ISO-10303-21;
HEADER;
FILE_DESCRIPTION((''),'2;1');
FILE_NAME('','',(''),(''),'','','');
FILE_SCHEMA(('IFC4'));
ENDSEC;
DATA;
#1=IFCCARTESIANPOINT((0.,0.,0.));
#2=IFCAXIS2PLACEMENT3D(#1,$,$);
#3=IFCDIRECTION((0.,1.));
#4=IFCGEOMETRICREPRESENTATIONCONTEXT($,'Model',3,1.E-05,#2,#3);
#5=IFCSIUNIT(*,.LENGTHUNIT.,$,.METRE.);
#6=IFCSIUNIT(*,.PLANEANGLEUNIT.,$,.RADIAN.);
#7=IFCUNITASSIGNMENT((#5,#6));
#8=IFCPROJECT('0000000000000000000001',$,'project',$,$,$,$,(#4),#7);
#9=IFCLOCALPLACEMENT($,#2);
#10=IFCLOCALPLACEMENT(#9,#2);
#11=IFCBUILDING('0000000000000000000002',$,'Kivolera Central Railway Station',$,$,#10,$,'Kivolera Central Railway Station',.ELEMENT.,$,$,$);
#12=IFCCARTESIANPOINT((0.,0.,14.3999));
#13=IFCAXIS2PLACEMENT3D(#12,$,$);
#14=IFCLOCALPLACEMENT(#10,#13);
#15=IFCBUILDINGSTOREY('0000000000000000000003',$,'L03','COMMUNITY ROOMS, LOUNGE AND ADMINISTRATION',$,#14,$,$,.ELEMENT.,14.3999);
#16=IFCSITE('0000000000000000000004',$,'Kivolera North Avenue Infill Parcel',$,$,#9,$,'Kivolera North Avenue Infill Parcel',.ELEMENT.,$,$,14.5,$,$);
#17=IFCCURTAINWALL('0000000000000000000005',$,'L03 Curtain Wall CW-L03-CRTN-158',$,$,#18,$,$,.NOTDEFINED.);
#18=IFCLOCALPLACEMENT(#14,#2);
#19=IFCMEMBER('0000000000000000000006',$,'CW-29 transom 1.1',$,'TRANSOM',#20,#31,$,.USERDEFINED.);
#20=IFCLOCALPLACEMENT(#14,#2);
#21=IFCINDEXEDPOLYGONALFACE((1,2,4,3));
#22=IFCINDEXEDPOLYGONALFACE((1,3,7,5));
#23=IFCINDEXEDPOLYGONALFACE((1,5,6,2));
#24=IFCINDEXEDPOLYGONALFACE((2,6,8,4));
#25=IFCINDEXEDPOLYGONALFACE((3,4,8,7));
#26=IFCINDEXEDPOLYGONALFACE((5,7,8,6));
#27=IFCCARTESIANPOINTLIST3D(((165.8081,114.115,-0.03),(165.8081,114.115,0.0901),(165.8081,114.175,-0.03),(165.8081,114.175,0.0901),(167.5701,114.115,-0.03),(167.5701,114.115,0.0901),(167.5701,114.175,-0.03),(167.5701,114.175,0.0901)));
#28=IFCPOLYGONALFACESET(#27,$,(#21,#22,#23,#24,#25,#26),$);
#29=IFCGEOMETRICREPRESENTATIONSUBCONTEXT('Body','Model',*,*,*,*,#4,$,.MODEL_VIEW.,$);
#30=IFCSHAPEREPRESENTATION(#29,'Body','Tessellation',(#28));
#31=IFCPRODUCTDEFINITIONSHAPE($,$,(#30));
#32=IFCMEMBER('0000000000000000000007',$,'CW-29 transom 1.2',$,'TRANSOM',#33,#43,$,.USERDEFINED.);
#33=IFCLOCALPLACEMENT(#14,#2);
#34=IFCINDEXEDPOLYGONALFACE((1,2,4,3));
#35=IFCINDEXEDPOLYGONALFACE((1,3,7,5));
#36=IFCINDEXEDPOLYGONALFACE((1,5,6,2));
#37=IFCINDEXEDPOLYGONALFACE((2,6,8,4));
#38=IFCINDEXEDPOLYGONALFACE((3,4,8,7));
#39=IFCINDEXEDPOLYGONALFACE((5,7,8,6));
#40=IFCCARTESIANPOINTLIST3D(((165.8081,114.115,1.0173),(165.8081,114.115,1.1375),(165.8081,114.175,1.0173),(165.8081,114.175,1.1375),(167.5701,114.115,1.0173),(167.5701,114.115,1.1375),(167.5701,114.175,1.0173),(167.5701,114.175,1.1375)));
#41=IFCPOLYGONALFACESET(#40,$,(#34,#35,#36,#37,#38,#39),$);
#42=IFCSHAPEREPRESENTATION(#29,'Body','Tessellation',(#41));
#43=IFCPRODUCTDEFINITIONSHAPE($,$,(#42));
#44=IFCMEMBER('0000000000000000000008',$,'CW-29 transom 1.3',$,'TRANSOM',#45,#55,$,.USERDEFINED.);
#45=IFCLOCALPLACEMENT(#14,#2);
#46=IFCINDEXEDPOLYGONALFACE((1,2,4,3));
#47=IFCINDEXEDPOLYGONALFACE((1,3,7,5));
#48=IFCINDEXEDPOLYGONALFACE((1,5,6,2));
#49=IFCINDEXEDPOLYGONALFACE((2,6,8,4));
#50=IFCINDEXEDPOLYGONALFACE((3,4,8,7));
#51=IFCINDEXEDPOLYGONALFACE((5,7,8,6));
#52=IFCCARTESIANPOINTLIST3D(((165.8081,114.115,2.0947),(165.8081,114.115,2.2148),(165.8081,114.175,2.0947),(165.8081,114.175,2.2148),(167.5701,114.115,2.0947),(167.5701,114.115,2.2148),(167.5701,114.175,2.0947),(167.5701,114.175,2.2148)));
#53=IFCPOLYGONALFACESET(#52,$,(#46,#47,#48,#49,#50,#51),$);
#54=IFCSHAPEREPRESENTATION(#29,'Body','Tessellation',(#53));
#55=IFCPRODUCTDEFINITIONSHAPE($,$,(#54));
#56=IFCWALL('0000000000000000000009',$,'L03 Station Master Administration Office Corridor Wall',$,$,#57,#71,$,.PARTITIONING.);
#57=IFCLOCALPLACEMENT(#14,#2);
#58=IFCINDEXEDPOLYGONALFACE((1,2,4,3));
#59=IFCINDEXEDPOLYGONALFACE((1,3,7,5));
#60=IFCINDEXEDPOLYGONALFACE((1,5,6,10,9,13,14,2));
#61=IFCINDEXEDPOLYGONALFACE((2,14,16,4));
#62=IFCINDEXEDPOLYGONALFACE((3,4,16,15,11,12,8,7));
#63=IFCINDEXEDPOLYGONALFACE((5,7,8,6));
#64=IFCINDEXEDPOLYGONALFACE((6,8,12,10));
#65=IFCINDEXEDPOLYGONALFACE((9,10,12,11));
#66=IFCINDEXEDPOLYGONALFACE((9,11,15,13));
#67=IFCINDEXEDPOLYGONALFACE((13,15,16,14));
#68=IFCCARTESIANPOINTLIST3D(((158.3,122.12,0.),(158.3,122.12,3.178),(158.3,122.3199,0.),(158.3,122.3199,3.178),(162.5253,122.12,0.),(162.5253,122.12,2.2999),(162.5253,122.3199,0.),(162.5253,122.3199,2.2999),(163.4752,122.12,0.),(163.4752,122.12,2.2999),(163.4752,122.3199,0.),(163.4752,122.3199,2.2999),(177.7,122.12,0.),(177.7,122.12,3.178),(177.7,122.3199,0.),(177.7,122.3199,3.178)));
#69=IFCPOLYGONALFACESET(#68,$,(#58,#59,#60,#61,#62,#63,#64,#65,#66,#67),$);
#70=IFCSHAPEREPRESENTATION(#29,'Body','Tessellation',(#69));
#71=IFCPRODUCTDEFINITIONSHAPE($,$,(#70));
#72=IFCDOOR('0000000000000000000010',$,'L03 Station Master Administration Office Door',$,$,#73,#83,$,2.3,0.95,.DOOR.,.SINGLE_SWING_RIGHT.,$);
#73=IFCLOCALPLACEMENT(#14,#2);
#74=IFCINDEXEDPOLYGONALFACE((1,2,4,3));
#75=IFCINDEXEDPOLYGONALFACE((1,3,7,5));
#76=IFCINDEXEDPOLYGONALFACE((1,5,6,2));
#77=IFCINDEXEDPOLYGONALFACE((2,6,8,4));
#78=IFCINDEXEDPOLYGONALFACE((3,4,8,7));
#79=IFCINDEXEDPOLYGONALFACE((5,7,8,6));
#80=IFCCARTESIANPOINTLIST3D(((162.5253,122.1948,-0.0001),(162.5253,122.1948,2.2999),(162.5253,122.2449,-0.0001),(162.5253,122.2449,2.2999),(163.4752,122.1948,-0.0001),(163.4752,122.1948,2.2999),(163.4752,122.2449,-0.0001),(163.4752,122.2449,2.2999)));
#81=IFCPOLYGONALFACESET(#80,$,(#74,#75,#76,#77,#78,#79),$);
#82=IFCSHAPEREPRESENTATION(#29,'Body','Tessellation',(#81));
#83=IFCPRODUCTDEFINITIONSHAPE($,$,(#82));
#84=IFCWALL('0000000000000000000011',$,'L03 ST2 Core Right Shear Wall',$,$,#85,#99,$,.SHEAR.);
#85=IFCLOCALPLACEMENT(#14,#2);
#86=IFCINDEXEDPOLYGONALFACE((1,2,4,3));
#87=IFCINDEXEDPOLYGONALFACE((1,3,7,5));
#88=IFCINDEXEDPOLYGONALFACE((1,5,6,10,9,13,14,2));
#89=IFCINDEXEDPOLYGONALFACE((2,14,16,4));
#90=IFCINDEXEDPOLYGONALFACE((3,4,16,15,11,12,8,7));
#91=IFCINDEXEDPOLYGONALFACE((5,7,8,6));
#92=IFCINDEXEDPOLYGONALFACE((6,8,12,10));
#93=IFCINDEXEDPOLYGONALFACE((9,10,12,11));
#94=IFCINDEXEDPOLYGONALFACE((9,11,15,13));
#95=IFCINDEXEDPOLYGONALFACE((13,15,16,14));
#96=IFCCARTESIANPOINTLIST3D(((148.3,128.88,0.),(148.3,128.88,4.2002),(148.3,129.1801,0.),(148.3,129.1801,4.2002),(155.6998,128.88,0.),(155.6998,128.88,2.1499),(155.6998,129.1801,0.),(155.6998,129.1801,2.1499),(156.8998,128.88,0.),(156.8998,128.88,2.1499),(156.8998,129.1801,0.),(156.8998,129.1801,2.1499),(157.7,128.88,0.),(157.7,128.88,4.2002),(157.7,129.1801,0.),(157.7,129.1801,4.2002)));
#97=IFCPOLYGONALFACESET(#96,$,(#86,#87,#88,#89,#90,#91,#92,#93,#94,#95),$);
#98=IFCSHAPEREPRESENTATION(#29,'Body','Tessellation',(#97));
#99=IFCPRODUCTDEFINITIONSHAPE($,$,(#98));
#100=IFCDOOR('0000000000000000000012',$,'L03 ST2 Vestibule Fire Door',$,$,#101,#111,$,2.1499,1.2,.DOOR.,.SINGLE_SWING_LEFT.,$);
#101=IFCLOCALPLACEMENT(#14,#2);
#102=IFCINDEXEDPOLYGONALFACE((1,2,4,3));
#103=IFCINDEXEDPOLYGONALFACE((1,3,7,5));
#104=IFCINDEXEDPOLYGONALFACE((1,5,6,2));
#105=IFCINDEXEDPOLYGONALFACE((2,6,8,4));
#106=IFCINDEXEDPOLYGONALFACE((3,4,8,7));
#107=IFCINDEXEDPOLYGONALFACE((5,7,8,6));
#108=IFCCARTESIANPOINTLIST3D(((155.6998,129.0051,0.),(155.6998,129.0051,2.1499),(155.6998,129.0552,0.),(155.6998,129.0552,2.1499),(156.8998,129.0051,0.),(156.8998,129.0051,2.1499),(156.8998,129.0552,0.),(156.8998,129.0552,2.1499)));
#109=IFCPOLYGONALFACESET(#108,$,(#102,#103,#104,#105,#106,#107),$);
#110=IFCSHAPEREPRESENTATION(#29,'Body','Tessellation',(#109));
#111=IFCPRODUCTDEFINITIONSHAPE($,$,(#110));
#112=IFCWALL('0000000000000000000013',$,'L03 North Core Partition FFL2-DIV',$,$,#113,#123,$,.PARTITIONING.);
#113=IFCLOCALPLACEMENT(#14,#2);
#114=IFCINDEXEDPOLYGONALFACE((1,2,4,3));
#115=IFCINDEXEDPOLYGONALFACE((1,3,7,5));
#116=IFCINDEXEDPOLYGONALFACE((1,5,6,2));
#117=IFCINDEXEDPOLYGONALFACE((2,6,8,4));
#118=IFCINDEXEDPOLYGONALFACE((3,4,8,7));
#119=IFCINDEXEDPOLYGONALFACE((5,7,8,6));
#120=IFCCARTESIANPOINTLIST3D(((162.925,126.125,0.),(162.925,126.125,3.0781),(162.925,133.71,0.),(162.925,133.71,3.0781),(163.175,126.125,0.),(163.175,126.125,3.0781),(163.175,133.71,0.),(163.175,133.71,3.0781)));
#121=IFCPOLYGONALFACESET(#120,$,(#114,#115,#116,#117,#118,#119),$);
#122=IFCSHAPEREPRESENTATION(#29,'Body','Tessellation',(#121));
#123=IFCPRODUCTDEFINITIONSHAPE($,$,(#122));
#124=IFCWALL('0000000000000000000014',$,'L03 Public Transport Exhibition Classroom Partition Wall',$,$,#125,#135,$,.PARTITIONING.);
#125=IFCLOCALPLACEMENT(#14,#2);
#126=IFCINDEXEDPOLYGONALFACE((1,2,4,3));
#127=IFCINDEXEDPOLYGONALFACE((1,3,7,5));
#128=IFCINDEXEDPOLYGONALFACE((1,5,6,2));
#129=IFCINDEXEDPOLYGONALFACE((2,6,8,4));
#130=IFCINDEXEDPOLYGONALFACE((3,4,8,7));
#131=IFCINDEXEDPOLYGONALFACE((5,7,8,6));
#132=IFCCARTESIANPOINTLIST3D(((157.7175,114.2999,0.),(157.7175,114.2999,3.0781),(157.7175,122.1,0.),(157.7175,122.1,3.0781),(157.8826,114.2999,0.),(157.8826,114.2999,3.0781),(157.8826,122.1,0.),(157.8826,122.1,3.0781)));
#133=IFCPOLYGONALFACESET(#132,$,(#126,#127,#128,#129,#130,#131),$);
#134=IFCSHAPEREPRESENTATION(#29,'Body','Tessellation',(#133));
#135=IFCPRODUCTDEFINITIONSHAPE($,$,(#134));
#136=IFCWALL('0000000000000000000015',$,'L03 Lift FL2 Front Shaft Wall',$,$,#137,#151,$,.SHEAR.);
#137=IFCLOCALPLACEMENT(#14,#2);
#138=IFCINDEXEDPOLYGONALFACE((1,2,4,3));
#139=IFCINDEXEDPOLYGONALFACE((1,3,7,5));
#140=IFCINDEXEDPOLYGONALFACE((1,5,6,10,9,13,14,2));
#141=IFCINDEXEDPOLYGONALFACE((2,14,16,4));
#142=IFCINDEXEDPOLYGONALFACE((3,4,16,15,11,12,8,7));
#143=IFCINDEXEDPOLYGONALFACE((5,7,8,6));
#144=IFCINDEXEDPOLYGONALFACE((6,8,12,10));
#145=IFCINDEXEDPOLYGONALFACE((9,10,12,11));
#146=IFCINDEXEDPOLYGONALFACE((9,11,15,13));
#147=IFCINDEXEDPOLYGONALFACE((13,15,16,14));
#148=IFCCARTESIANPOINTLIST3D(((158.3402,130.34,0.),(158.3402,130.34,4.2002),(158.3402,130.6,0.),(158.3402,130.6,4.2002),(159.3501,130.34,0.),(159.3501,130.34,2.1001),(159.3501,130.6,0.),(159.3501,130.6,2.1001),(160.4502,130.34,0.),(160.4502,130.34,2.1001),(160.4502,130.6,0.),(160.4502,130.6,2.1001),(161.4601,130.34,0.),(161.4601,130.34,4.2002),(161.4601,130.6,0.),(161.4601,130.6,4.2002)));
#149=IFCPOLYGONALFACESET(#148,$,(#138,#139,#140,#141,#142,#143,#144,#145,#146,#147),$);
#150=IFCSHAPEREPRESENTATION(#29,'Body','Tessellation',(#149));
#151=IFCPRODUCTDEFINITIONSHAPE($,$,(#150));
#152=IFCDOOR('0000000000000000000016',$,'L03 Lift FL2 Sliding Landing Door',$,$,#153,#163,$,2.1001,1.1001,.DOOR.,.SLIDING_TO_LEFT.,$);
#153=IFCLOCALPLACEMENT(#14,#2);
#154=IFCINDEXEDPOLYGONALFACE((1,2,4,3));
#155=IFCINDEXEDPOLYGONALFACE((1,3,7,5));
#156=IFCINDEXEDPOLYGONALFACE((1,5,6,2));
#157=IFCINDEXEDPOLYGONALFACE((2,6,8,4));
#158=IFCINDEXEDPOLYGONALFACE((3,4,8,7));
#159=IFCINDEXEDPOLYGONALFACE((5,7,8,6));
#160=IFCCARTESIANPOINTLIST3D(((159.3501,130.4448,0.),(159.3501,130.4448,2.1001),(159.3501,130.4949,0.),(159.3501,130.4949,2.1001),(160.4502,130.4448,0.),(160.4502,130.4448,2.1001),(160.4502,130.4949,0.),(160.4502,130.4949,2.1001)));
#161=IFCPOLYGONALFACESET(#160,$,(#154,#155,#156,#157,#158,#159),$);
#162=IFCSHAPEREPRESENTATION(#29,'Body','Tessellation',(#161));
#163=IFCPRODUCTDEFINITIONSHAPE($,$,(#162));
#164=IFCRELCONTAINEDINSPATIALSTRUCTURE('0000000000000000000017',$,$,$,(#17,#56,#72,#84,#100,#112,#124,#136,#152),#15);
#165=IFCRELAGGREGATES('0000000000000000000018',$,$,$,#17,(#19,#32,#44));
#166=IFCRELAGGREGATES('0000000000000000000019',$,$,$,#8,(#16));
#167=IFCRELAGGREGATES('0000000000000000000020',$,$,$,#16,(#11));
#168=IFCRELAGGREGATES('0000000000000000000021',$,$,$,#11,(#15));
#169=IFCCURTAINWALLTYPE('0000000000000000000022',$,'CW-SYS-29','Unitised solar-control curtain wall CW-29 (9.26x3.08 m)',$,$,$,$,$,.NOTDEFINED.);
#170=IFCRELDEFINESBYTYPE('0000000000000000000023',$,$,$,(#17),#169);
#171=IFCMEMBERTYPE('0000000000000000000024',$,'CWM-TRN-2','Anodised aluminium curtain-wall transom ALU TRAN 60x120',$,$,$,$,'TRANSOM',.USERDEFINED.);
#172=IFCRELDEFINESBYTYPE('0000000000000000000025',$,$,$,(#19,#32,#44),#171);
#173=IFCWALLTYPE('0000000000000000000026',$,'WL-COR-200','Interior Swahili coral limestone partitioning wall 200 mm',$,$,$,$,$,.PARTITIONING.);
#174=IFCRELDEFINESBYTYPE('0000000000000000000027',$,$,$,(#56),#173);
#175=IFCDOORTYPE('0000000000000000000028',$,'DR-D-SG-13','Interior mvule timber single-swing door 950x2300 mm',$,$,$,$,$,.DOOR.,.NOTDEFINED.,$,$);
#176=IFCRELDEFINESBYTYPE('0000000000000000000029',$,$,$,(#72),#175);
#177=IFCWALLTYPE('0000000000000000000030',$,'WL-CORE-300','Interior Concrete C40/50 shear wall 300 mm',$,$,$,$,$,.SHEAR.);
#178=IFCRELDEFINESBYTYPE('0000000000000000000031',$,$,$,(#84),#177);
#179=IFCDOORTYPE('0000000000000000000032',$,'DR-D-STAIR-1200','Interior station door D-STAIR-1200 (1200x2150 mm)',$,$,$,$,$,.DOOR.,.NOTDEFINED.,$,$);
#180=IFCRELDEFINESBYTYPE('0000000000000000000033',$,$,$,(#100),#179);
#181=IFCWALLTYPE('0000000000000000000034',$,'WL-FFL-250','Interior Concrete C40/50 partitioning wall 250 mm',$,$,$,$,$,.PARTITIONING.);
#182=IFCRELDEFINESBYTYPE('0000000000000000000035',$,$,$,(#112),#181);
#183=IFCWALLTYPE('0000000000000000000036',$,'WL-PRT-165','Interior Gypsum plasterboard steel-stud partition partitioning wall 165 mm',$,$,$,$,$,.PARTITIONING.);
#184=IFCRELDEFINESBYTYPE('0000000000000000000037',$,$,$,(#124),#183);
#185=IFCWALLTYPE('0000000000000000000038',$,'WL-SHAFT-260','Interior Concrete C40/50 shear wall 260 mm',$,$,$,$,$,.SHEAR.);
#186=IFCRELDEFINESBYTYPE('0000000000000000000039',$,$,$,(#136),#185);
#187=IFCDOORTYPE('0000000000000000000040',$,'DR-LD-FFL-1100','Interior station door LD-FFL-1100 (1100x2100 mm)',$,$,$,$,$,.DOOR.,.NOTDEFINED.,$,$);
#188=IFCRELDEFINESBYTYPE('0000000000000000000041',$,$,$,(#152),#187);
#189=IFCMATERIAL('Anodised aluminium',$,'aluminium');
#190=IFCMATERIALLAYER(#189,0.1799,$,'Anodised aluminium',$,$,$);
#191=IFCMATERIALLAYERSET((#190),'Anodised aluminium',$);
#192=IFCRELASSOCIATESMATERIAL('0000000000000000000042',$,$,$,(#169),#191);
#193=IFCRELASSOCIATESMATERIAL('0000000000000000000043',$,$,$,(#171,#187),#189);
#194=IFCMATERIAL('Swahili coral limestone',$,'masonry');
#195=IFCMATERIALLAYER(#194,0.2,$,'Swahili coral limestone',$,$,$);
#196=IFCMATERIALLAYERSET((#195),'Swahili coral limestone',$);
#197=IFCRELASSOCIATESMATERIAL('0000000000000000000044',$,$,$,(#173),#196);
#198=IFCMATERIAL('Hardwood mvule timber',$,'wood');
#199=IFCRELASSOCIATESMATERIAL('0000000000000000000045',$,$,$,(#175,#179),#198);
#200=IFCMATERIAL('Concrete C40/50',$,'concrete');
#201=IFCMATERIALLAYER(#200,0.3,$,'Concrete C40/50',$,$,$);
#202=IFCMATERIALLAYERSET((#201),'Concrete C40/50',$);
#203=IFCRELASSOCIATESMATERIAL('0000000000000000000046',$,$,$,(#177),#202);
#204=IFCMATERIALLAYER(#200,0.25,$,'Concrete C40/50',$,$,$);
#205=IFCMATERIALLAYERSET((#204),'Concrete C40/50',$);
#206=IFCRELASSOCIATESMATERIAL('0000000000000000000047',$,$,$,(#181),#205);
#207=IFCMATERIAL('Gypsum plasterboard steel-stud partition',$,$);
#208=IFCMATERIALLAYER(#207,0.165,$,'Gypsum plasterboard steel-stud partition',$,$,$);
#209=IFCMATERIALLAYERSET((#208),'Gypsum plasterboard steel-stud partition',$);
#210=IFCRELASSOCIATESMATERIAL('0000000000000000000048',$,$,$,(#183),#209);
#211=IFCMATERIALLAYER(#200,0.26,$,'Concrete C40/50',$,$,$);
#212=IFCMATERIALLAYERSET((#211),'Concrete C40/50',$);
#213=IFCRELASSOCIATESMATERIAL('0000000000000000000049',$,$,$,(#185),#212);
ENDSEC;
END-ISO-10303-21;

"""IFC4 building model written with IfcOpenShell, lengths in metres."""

from ifc_helpers import new_model, si_unit, direction, frame, frame_2d, origin, origin_2d, place, context, subcontext, project, spatial, rectangle, extrude, material, layer, layer_set, material_profile, profile_set, type_object, element, fill, aggregate, save


model = new_model("IFC4")

# Units and contexts
model_context = context("Model", 3, precision=1e-05, world=origin(), true_north=direction((0.0, 1.0)))
body_context = subcontext(model_context, "Body", "Model", "MODEL_VIEW")
ifc_project = project(units=[si_unit("LENGTHUNIT", "METRE"), si_unit("PLANEANGLEUNIT", "RADIAN")], contexts=[model_context])

# Site, building, storey
site_placement = place(None, origin())
site = spatial("IfcSite", under=ifc_project, at=site_placement, Name="Kivolera North Avenue Infill Parcel", LongName="Kivolera North Avenue Infill Parcel", CompositionType="ELEMENT", RefElevation=14.5)
building_placement = place(site_placement, origin())
building = spatial("IfcBuilding", under=site, at=building_placement, Name="Kivolera Central Railway Station", LongName="Kivolera Central Railway Station", CompositionType="ELEMENT")
storey_placement = place(building_placement, frame((0.0, 0.0, 14.3999)))
storey = spatial("IfcBuildingStorey", under=building, at=storey_placement, Name="L03", Description="COMMUNITY ROOMS, LOUNGE AND ADMINISTRATION", CompositionType="ELEMENT", Elevation=14.3999)

# Shared definitions
ifc_material_1 = material(Name="Concrete C40/50", Category="concrete")

# Curtain wall, members
ifc_material_2 = material(Name="Anodised aluminium", Category="aluminium")
ifc_layer_1 = layer(ifc_material_2, 0.1799, Name="Anodised aluminium")
ifc_layer_set_1 = layer_set([ifc_layer_1], Name="Anodised aluminium")
curtain_wall_type = type_object("IfcCurtainWallType", Name="CW-SYS-29", Description="Unitised solar-control curtain wall CW-29 (9.26x3.08 m)", PredefinedType="NOTDEFINED", material=ifc_layer_set_1)
curtain_wall_placement = place(storey_placement, origin())
curtain_wall = element("IfcCurtainWall", 1, at=curtain_wall_placement, inside=storey, type_object=curtain_wall_type, Name="L03 Curtain Wall CW-L03-CRTN-158", PredefinedType="NOTDEFINED")
ifc_material_profile_1 = material_profile(ifc_material_2, rectangle(XDim=0.0601, YDim=0.1201, at=origin_2d()), Name="ALU TRAN 60x120")
ifc_profile_set_1 = profile_set([ifc_material_profile_1], Name="Anodised aluminium")
member_type = type_object("IfcMemberType", Name="CWM-TRN-2", Description="Anodised aluminium curtain-wall transom ALU TRAN 60x120", ElementType="TRANSOM", PredefinedType="USERDEFINED", material=ifc_profile_set_1)
member_1_placement = place(storey_placement, frame((167.5701, 114.145, 0.03), z_axis=(-1.0, 0.0, 0.0), x_axis=(0.0, -1.0, 0.0)))
member_1 = element("IfcMember", 2, at=member_1_placement, type_object=member_type, Name="CW-29 transom 1.1", ObjectType="TRANSOM", PredefinedType="USERDEFINED", context=body_context, shape_type="SweptSolid", body=[
    extrude(rectangle(XDim=0.0601, YDim=0.1201, at=origin_2d()), origin(), (0.0, 0.0, 1.0), 1.762),
])
member_2_placement = place(storey_placement, frame((167.5701, 114.145, 1.0774), z_axis=(-1.0, 0.0, 0.0), x_axis=(0.0, -1.0, 0.0)))
member_2 = element("IfcMember", 3, at=member_2_placement, type_object=member_type, Name="CW-29 transom 1.2", ObjectType="TRANSOM", PredefinedType="USERDEFINED", context=body_context, shape_type="SweptSolid", body=[
    extrude(rectangle(XDim=0.0601, YDim=0.1201, at=origin_2d()), origin(), (0.0, 0.0, 1.0), 1.762),
])
member_3_placement = place(storey_placement, frame((167.5701, 114.145, 2.1548), z_axis=(-1.0, 0.0, 0.0), x_axis=(0.0, -1.0, 0.0)))
member_3 = element("IfcMember", 4, at=member_3_placement, type_object=member_type, Name="CW-29 transom 1.3", ObjectType="TRANSOM", PredefinedType="USERDEFINED", context=body_context, shape_type="SweptSolid", body=[
    extrude(rectangle(XDim=0.0601, YDim=0.1201, at=origin_2d()), origin(), (0.0, 0.0, 1.0), 1.762),
])
aggregate(curtain_wall, [member_1, member_2, member_3])

# Walls, openings, doors
ifc_material_3 = material(Name="Swahili coral limestone", Category="masonry")
ifc_layer_2 = layer(ifc_material_3, 0.2, Name="Swahili coral limestone")
ifc_layer_set_2 = layer_set([ifc_layer_2], Name="Swahili coral limestone")
wall_type_1 = type_object("IfcWallType", Name="WL-COR-200", Description="Interior Swahili coral limestone partitioning wall 200 mm", PredefinedType="PARTITIONING", material=ifc_layer_set_2)
wall_1_placement = place(storey_placement, frame((158.3, 122.22, 0.0), z_axis=(0.0, 0.0, 1.0), x_axis=(1.0, 0.0, 0.0)))
wall_1 = element("IfcWall", 5, at=wall_1_placement, inside=storey, type_object=wall_type_1, Name="L03 Station Master Administration Office Corridor Wall", PredefinedType="PARTITIONING", context=body_context, shape_type="SweptSolid", body=[
    extrude(rectangle(XDim=19.3999, YDim=0.2, at=frame_2d((9.7, 0.0))), origin(), (0.0, 0.0, 1.0), 3.178),
])
opening_1_placement = place(wall_1_placement, frame((4.2251, 0.0, 0.0)))
opening_1 = element("IfcOpeningElement", 6, at=opening_1_placement, cuts=wall_1, PredefinedType="OPENING", context=body_context, shape_type="SweptSolid", body=[
    extrude(rectangle(XDim=0.95, YDim=2.3, at=frame_2d((0.4751, 1.1499))), frame((0.0, 0.1099, 0.0), z_axis=(0.0, -1.0, 0.0), x_axis=(1.0, 0.0, 0.0)), (0.0, 0.0, 1.0), 0.22),
])
ifc_material_4 = material(Name="Hardwood mvule timber", Category="wood")
door_type_1 = type_object("IfcDoorType", Name="DR-D-SG-13", Description="Interior mvule timber single-swing door 950x2300 mm", OperationType="NOTDEFINED", PredefinedType="DOOR", material=ifc_material_4)
door_1_placement = place(opening_1_placement, origin())
door_1 = element("IfcDoor", 7, at=door_1_placement, inside=storey, type_object=door_type_1, Name="L03 Station Master Administration Office Door", OperationType="SINGLE_SWING_RIGHT", OverallHeight=2.3, OverallWidth=0.95, PredefinedType="DOOR", context=body_context, shape_type="SweptSolid", body=[
    extrude(rectangle(XDim=0.95, YDim=2.3, at=frame_2d((0.4751, 1.1499))), frame((0.0, 0.0249, 0.0), z_axis=(0.0, -1.0, 0.0), x_axis=(1.0, 0.0, 0.0)), (0.0, 0.0, 1.0), 0.05),
])
fill(opening_1, door_1)
ifc_layer_3 = layer(ifc_material_1, 0.3, Name="Concrete C40/50")
ifc_layer_set_3 = layer_set([ifc_layer_3], Name="Concrete C40/50")
wall_type_2 = type_object("IfcWallType", Name="WL-CORE-300", Description="Interior Concrete C40/50 shear wall 300 mm", PredefinedType="SHEAR", material=ifc_layer_set_3)
wall_2_placement = place(storey_placement, frame((157.7, 129.03, 0.0), z_axis=(0.0, 0.0, 1.0), x_axis=(-1.0, 0.0, 0.0)))
wall_2 = element("IfcWall", 8, at=wall_2_placement, inside=storey, type_object=wall_type_2, Name="L03 ST2 Core Right Shear Wall", PredefinedType="SHEAR", context=body_context, shape_type="SweptSolid", body=[
    extrude(rectangle(XDim=9.3999, YDim=0.3, at=frame_2d((4.7, 0.0))), origin(), (0.0, 0.0, 1.0), 4.2002),
])
opening_2_placement = place(wall_2_placement, frame((0.8, 0.0, 0.0)))
opening_2 = element("IfcOpeningElement", 9, at=opening_2_placement, cuts=wall_2, PredefinedType="OPENING", context=body_context, shape_type="SweptSolid", body=[
    extrude(rectangle(XDim=1.2, YDim=2.1499, at=frame_2d((0.6001, 1.075))), frame((0.0, 0.1599, 0.0), z_axis=(0.0, -1.0, 0.0), x_axis=(1.0, 0.0, 0.0)), (0.0, 0.0, 1.0), 0.3201),
])
door_type_2 = type_object("IfcDoorType", Name="DR-D-STAIR-1200", Description="Interior station door D-STAIR-1200 (1200x2150 mm)", OperationType="NOTDEFINED", PredefinedType="DOOR", material=ifc_material_4)
door_2_placement = place(opening_2_placement, origin())
door_2 = element("IfcDoor", 10, at=door_2_placement, inside=storey, type_object=door_type_2, Name="L03 ST2 Vestibule Fire Door", OperationType="SINGLE_SWING_LEFT", OverallHeight=2.1499, OverallWidth=1.2, PredefinedType="DOOR", context=body_context, shape_type="SweptSolid", body=[
    extrude(rectangle(XDim=1.2, YDim=2.1499, at=frame_2d((0.6001, 1.075))), frame((0.0, 0.0249, 0.0), z_axis=(0.0, -1.0, 0.0), x_axis=(1.0, 0.0, 0.0)), (0.0, 0.0, 1.0), 0.05),
])
fill(opening_2, door_2)

# Shared definitions
ifc_layer_4 = layer(ifc_material_1, 0.25, Name="Concrete C40/50")
ifc_layer_set_4 = layer_set([ifc_layer_4], Name="Concrete C40/50")
wall_type_3 = type_object("IfcWallType", Name="WL-FFL-250", Description="Interior Concrete C40/50 partitioning wall 250 mm", PredefinedType="PARTITIONING", material=ifc_layer_set_4)

# Walls
wall_3_placement = place(storey_placement, frame((163.05, 126.125, 0.0), z_axis=(0.0, 0.0, 1.0), x_axis=(0.0, 1.0, 0.0)))
element("IfcWall", 11, at=wall_3_placement, inside=storey, type_object=wall_type_3, Name="L03 North Core Partition FFL2-DIV", PredefinedType="PARTITIONING", context=body_context, shape_type="SweptSolid", body=[
    extrude(rectangle(XDim=7.585, YDim=0.25, at=frame_2d((3.7925, 0.0))), origin(), (0.0, 0.0, 1.0), 3.0781),
])
ifc_material_5 = material(Name="Gypsum plasterboard steel-stud partition")
ifc_layer_5 = layer(ifc_material_5, 0.165, Name="Gypsum plasterboard steel-stud partition")
ifc_layer_set_5 = layer_set([ifc_layer_5], Name="Gypsum plasterboard steel-stud partition")
wall_type_4 = type_object("IfcWallType", Name="WL-PRT-165", Description="Interior Gypsum plasterboard steel-stud partition partitioning wall 165 mm", PredefinedType="PARTITIONING", material=ifc_layer_set_5)
wall_4_placement = place(storey_placement, frame((157.8, 114.3, 0.0), z_axis=(0.0, 0.0, 1.0), x_axis=(0.0, 1.0, 0.0)))
element("IfcWall", 12, at=wall_4_placement, inside=storey, type_object=wall_type_4, Name="L03 Public Transport Exhibition Classroom Partition Wall", PredefinedType="PARTITIONING", context=body_context, shape_type="SweptSolid", body=[
    extrude(rectangle(XDim=7.8, YDim=0.165, at=frame_2d((3.8999, 0.0))), origin(), (0.0, 0.0, 1.0), 3.0781),
])

# Wall, opening, door
ifc_layer_6 = layer(ifc_material_1, 0.26, Name="Concrete C40/50")
ifc_layer_set_6 = layer_set([ifc_layer_6], Name="Concrete C40/50")
wall_type_5 = type_object("IfcWallType", Name="WL-SHAFT-260", Description="Interior Concrete C40/50 shear wall 260 mm", PredefinedType="SHEAR", material=ifc_layer_set_6)
wall_5_placement = place(storey_placement, frame((158.3401, 130.47, 0.0), z_axis=(0.0, 0.0, 1.0), x_axis=(1.0, 0.0, 0.0)))
wall_5 = element("IfcWall", 13, at=wall_5_placement, inside=storey, type_object=wall_type_5, Name="L03 Lift FL2 Front Shaft Wall", PredefinedType="SHEAR", context=body_context, shape_type="SweptSolid", body=[
    extrude(rectangle(XDim=3.1199, YDim=0.26, at=frame_2d((1.5601, 0.0))), origin(), (0.0, 0.0, 1.0), 4.2002),
])
opening_3_placement = place(wall_5_placement, frame((1.01, 0.0, 0.0)))
opening_3 = element("IfcOpeningElement", 14, at=opening_3_placement, cuts=wall_5, PredefinedType="OPENING", context=body_context, shape_type="SweptSolid", body=[
    extrude(rectangle(XDim=1.1001, YDim=2.1001, at=frame_2d((0.55, 1.05))), frame((0.0, 0.1399, 0.0), z_axis=(0.0, -1.0, 0.0), x_axis=(1.0, 0.0, 0.0)), (0.0, 0.0, 1.0), 0.28),
])
door_type_3 = type_object("IfcDoorType", Name="DR-LD-FFL-1100", Description="Interior station door LD-FFL-1100 (1100x2100 mm)", OperationType="NOTDEFINED", PredefinedType="DOOR", material=ifc_material_2)
door_3_placement = place(opening_3_placement, origin())
door_3 = element("IfcDoor", 15, at=door_3_placement, inside=storey, type_object=door_type_3, Name="L03 Lift FL2 Sliding Landing Door", OperationType="SLIDING_TO_LEFT", OverallHeight=2.1001, OverallWidth=1.1001, PredefinedType="DOOR", context=body_context, shape_type="SweptSolid", body=[
    extrude(rectangle(XDim=1.1001, YDim=2.1001, at=frame_2d((0.55, 1.05))), frame((0.0, 0.0249, 0.0), z_axis=(0.0, -1.0, 0.0), x_axis=(1.0, 0.0, 0.0)), (0.0, 0.0, 1.0), 0.05),
])
fill(opening_3, door_3)

save(model, "model.ifc")
